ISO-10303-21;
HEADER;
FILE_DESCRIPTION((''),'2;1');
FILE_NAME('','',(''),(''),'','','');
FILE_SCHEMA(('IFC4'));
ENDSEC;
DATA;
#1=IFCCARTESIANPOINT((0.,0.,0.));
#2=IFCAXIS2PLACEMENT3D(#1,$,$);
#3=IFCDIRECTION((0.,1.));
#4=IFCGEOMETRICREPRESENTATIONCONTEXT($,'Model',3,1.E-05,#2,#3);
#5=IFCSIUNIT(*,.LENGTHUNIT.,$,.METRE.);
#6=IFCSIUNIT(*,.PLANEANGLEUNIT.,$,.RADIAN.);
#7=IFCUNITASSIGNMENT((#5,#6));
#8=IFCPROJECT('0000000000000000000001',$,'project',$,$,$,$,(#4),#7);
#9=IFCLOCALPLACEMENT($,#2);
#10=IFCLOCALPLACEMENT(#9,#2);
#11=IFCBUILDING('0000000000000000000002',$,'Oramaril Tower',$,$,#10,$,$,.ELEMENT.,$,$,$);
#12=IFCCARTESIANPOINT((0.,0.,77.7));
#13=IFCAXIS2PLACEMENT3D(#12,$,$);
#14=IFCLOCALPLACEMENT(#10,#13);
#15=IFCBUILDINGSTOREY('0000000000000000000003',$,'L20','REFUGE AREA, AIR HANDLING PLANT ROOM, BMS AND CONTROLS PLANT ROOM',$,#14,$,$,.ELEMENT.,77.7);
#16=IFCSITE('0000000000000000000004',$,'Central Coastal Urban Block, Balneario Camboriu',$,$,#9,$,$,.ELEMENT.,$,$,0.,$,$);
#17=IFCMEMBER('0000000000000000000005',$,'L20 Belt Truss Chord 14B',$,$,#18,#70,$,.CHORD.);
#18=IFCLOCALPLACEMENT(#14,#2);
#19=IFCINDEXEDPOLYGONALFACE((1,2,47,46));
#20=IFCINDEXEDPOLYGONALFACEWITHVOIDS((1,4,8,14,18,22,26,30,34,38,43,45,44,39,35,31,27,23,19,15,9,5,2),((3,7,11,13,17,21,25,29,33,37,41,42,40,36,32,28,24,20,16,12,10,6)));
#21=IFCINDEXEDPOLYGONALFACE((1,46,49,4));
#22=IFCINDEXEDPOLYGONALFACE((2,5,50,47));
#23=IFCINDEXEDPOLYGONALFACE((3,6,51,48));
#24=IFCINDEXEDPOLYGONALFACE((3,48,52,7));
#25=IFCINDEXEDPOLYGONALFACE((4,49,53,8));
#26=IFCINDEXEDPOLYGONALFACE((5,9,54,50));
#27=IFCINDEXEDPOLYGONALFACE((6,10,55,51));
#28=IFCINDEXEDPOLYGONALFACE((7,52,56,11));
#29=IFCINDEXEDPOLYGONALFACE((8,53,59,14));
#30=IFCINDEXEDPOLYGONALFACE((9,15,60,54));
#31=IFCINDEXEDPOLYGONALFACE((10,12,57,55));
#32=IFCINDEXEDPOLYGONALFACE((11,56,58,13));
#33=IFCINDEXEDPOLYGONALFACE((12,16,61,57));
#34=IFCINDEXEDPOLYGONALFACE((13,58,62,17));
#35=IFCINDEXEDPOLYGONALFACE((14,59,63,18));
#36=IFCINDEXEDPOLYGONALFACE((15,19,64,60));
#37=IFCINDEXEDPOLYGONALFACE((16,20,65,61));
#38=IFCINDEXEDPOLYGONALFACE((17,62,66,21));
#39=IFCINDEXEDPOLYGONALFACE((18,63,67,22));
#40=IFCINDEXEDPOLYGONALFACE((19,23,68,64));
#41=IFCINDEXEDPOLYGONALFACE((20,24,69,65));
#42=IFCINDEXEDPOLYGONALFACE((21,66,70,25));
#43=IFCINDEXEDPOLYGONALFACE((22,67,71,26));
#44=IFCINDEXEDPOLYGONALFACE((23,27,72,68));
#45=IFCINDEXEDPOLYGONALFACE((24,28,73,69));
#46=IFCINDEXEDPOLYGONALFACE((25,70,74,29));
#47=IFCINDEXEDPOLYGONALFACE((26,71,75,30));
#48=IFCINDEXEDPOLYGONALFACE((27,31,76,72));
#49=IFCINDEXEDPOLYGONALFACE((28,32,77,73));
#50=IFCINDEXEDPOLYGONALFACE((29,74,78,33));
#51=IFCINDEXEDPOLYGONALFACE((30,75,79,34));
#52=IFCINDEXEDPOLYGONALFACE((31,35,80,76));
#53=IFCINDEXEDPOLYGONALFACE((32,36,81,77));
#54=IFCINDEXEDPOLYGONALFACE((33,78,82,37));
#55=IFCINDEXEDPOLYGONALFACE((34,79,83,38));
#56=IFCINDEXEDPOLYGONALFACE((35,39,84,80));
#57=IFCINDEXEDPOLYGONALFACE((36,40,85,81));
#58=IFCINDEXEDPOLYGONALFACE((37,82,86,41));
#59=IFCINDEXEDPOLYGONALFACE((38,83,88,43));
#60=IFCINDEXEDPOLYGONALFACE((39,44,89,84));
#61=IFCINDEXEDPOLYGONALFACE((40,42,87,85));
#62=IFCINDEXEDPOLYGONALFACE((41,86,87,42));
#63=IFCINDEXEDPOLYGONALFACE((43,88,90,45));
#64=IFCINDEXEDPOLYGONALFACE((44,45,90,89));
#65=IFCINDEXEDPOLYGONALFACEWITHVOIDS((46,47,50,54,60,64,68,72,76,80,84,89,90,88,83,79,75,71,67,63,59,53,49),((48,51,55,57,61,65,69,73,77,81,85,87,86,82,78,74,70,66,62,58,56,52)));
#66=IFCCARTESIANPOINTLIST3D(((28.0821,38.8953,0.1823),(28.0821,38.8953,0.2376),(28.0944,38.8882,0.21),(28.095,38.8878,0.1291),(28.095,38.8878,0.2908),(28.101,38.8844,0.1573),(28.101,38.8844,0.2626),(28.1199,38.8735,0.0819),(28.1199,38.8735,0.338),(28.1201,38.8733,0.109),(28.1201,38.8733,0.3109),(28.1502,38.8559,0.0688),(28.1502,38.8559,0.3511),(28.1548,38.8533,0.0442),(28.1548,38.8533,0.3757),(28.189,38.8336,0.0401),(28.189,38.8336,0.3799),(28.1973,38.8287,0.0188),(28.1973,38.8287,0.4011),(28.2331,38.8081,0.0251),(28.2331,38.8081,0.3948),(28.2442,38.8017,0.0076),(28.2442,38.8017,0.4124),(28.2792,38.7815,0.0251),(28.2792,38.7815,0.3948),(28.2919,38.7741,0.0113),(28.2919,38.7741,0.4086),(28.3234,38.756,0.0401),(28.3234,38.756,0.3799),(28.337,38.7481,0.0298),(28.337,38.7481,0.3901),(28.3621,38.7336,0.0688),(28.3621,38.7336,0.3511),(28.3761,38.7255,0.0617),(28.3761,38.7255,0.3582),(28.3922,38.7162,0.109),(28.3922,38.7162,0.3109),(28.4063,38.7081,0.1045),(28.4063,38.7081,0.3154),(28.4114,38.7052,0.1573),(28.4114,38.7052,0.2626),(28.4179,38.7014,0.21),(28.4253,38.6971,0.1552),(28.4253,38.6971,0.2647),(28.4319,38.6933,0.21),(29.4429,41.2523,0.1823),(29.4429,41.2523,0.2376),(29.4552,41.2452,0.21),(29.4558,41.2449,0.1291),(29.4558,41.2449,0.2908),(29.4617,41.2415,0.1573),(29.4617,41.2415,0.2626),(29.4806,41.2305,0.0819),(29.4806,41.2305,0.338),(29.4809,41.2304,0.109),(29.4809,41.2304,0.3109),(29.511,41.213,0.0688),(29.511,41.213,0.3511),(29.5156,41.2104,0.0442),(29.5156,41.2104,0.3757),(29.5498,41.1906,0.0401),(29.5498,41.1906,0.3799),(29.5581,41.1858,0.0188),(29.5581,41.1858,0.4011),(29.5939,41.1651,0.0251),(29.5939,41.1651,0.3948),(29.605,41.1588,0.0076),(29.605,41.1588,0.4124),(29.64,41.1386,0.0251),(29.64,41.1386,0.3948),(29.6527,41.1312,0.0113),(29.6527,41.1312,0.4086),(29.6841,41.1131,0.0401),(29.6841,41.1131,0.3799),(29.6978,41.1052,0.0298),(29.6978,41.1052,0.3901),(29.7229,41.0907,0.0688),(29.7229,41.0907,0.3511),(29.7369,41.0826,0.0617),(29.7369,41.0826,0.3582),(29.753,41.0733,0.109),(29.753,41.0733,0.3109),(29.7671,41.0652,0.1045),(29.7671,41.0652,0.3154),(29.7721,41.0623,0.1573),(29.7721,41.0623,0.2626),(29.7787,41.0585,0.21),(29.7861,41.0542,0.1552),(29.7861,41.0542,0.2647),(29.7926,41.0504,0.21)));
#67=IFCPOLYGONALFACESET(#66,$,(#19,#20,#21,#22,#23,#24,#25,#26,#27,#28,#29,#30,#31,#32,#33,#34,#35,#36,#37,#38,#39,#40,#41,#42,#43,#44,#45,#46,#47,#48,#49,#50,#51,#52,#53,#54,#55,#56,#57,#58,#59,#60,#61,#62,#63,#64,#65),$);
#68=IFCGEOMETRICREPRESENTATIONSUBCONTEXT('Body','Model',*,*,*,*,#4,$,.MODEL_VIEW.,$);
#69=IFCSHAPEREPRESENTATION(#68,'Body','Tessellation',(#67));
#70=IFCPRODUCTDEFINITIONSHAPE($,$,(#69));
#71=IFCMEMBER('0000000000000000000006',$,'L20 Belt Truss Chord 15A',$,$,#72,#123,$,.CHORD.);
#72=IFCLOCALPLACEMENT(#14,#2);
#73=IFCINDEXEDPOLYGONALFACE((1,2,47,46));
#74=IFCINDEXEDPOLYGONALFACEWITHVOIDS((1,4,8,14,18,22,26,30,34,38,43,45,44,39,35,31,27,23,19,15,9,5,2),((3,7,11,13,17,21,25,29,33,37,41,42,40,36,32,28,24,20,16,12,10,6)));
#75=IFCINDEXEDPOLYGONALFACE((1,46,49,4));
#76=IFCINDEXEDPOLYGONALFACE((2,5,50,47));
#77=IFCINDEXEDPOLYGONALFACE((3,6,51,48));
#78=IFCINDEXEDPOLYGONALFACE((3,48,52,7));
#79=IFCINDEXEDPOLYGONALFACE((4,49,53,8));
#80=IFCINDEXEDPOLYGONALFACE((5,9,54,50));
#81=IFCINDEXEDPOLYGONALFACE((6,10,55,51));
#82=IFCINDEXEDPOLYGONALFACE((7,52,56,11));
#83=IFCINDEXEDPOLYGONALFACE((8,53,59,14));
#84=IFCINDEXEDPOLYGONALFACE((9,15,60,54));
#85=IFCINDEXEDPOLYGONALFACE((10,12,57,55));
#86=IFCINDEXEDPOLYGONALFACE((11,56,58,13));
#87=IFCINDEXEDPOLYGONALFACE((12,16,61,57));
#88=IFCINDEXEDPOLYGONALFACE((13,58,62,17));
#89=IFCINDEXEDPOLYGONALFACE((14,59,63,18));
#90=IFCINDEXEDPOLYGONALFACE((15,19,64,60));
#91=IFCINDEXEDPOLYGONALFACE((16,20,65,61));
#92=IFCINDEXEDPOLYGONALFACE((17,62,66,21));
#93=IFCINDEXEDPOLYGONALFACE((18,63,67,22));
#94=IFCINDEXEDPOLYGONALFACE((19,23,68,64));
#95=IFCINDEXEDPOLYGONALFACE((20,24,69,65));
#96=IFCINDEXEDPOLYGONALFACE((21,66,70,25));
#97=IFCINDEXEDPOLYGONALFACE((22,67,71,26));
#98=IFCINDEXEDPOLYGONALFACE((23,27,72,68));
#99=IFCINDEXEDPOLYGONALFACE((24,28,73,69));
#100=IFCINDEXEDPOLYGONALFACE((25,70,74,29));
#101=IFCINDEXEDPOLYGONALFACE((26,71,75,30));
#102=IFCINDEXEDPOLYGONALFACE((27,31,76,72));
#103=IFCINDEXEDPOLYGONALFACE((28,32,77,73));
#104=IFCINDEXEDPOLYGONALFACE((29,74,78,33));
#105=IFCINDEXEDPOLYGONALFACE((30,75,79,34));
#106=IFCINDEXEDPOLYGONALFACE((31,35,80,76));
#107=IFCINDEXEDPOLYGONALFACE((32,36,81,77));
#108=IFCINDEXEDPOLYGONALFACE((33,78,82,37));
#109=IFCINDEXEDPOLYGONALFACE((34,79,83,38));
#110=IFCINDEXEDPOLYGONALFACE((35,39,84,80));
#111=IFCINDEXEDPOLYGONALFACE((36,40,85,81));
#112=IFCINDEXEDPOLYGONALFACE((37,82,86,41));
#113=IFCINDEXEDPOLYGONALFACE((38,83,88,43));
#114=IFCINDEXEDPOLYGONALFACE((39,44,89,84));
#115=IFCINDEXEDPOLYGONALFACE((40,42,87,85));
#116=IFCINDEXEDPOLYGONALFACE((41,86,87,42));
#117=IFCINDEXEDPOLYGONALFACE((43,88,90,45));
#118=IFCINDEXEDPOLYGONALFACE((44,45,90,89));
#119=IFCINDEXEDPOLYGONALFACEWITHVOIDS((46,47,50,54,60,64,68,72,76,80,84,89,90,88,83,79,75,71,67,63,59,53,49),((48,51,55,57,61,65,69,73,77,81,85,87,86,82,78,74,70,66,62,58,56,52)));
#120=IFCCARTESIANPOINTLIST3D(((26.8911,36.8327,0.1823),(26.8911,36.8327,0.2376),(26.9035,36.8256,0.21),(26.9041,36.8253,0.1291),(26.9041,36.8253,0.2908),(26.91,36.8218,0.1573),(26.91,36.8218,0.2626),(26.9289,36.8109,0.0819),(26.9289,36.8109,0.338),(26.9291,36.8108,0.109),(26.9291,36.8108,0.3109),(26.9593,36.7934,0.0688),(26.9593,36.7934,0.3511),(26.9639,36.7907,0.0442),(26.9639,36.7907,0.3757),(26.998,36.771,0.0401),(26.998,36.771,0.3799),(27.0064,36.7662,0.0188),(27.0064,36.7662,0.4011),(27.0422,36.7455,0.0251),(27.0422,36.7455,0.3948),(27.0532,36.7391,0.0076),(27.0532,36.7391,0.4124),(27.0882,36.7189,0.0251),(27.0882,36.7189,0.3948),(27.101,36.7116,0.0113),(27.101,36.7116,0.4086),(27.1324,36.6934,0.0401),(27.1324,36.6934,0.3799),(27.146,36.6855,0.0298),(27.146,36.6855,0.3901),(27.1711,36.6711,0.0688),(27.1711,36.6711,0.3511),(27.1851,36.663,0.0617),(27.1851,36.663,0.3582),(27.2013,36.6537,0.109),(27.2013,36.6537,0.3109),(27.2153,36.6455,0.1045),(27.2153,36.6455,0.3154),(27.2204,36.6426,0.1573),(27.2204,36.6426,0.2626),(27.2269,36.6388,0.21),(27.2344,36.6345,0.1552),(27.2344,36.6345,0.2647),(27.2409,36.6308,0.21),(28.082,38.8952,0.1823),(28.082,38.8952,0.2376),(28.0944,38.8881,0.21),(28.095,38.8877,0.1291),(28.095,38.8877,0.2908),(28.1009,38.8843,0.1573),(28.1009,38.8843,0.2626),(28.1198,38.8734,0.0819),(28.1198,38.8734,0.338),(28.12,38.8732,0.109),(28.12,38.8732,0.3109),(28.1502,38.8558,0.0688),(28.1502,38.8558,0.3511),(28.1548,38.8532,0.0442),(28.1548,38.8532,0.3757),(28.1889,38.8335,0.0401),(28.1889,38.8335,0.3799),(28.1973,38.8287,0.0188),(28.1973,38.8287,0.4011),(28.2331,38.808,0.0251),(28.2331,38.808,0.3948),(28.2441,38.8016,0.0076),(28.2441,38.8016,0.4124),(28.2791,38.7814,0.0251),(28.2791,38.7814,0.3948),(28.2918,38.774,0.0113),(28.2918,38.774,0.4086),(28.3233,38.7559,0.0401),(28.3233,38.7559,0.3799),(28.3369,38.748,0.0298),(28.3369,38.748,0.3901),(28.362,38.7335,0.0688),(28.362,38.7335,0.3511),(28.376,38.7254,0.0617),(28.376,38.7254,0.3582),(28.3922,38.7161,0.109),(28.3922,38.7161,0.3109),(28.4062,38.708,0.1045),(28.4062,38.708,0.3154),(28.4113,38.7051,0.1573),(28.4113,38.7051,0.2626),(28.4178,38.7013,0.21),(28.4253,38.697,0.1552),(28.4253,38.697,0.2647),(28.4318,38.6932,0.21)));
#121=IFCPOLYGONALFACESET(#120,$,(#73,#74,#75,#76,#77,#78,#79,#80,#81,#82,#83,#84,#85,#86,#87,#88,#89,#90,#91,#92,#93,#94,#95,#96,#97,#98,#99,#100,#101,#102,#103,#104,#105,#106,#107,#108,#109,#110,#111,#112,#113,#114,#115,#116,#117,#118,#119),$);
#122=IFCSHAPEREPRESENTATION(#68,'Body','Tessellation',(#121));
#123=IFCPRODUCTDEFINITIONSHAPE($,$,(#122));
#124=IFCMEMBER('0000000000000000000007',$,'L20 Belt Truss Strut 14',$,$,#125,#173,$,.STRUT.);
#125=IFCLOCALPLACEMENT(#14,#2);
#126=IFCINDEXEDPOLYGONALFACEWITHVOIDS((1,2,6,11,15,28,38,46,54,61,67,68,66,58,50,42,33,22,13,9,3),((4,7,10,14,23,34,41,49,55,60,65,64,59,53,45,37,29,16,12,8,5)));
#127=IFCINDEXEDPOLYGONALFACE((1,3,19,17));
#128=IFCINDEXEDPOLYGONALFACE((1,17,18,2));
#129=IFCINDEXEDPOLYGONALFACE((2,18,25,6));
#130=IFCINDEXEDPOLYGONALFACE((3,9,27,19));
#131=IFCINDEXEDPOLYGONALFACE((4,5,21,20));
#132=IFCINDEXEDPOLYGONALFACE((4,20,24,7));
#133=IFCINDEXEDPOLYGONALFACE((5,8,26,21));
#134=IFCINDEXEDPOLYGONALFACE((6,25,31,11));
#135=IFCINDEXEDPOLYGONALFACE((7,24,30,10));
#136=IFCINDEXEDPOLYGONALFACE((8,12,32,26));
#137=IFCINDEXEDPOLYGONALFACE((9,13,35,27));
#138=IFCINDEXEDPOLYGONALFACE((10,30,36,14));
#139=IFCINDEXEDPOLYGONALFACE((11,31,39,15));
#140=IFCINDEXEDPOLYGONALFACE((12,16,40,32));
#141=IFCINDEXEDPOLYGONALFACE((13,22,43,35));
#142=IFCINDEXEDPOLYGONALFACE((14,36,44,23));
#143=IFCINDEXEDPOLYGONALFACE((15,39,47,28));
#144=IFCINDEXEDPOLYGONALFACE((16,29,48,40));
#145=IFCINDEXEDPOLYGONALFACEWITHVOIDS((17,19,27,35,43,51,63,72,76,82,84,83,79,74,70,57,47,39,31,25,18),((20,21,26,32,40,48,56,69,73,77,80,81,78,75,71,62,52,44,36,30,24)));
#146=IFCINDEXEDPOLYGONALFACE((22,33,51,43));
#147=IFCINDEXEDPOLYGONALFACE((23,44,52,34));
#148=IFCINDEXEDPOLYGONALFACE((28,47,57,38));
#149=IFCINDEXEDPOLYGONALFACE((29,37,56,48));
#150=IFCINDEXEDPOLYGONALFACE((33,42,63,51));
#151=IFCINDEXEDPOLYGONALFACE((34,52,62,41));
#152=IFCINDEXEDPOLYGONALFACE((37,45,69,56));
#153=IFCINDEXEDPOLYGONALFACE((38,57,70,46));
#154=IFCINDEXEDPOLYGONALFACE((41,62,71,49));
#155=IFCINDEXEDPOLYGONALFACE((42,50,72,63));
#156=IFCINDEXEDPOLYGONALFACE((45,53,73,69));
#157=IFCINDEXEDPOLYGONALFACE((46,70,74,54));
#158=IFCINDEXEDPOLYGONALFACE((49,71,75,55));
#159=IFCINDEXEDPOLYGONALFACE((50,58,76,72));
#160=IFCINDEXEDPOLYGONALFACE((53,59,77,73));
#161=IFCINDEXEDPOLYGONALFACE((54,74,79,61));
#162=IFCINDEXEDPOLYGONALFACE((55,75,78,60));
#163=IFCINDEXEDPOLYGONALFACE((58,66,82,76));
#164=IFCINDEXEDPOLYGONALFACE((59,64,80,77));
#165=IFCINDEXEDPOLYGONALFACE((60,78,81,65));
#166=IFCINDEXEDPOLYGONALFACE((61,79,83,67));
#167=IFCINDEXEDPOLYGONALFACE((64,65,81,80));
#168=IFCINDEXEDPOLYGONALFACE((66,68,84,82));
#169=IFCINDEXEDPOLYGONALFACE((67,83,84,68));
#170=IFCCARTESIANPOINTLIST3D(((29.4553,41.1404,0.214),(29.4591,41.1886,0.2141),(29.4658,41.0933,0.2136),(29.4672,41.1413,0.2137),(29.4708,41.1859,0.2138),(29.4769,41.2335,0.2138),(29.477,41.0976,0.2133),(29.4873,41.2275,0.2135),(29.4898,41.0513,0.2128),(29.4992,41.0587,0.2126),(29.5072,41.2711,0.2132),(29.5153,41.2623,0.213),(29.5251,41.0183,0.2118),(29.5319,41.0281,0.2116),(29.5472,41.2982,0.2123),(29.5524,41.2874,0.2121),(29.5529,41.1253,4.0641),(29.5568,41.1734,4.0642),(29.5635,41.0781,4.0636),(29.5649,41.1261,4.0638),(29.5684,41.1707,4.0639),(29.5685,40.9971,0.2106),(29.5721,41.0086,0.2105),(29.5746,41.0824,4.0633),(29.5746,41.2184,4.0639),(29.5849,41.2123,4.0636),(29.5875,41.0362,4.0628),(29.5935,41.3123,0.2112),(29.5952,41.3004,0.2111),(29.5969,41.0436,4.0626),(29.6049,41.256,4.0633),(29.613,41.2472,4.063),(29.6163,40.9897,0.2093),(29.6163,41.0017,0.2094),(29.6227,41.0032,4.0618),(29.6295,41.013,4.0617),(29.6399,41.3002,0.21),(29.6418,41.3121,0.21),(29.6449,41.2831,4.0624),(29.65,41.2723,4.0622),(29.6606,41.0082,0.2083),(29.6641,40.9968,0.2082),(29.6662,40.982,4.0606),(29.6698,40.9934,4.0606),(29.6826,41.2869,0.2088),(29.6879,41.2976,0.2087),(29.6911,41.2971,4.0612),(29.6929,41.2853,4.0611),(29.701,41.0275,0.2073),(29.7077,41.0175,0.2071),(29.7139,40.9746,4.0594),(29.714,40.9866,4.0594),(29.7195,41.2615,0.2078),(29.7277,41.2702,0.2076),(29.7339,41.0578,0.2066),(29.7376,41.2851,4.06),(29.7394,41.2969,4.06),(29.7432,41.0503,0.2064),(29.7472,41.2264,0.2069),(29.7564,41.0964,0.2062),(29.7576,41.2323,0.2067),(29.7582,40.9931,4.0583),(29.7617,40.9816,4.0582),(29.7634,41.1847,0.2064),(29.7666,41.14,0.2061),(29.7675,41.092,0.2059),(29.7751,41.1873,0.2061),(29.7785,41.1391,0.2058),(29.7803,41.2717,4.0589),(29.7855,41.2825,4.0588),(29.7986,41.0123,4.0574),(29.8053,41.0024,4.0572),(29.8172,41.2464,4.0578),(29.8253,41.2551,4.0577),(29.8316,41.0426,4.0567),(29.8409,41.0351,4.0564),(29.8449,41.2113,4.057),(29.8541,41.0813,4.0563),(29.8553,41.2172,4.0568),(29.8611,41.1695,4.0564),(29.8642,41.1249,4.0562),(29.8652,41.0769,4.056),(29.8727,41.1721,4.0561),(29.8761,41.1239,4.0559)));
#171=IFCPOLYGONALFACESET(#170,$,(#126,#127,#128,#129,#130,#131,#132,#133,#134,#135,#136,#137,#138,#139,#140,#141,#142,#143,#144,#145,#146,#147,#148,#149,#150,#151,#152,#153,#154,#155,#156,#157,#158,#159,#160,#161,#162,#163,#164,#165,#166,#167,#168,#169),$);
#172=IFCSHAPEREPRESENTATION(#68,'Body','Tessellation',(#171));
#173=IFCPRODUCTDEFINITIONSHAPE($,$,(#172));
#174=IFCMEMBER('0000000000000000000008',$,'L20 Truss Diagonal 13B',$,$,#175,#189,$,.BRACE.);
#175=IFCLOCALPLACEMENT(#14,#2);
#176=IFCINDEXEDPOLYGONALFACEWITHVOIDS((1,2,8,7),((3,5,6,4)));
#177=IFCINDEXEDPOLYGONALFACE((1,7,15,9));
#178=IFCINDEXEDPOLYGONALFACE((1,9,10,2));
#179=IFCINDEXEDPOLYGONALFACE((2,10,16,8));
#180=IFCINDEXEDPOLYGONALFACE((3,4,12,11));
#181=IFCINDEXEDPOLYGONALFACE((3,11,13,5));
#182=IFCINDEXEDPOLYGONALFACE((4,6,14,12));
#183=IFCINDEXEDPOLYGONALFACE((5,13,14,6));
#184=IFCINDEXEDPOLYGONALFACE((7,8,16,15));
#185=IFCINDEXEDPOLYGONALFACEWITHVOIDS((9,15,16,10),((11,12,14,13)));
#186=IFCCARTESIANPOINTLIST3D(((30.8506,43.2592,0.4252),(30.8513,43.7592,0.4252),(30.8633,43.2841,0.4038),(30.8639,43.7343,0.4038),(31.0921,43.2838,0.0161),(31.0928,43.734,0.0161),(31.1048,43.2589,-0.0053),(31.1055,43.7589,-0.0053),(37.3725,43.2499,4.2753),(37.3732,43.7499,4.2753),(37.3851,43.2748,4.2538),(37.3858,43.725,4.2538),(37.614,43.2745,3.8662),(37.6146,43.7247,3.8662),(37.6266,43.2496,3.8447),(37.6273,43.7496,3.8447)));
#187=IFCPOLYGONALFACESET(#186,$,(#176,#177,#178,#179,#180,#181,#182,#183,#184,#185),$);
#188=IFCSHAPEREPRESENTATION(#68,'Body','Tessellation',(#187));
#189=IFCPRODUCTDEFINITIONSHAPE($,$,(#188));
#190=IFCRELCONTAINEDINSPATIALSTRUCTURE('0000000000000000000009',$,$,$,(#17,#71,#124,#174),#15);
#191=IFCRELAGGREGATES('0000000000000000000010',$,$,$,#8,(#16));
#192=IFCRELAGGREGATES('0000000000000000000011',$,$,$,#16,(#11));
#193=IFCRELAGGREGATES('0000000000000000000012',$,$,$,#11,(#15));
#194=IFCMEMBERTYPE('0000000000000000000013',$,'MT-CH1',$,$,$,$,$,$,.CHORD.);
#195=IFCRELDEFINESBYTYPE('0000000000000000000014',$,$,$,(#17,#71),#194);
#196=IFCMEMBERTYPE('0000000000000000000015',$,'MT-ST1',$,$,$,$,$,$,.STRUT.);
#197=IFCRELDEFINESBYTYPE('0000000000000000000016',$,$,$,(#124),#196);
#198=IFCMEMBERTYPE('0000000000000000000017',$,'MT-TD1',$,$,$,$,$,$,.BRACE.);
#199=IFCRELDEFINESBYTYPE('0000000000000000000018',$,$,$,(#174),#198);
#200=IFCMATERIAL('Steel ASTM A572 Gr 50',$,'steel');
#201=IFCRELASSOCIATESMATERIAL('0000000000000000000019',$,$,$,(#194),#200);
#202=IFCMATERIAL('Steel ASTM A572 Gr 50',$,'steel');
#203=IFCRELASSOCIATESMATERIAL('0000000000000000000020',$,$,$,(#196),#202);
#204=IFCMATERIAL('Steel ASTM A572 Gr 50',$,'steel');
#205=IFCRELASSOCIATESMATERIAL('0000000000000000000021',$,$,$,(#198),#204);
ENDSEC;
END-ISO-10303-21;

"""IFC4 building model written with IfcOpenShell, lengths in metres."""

from ifc_helpers import new_model, si_unit, direction, frame, origin, origin_2d, place, context, subcontext, project, spatial, hollow_rectangle, hollow_circle, extrude, material, material_profile, profile_set, type_object, element, save


model = new_model("IFC4")

# Units and contexts
model_context = context("Model", 3, precision=1e-05, world=origin(), true_north=direction((0.0, 1.0)))
body_context = subcontext(model_context, "Body", "Model", "MODEL_VIEW")
ifc_project = project(units=[si_unit("LENGTHUNIT", "METRE"), si_unit("PLANEANGLEUNIT", "RADIAN")], contexts=[model_context])

# Site, building, storey
site_placement = place(None, origin())
site = spatial("IfcSite", under=ifc_project, at=site_placement, Name="Central Coastal Urban Block, Balneario Camboriu", CompositionType="ELEMENT", RefElevation=0.0)
building_placement = place(site_placement, origin())
building = spatial("IfcBuilding", under=site, at=building_placement, Name="Oramaril Tower", CompositionType="ELEMENT")
storey_placement = place(building_placement, frame((0.0, 0.0, 77.7)))
storey = spatial("IfcBuildingStorey", under=building, at=storey_placement, Name="L20", Description="REFUGE AREA, AIR HANDLING PLANT ROOM, BMS AND CONTROLS PLANT ROOM", CompositionType="ELEMENT", Elevation=77.7)

# Members
ifc_material_1 = material(Name="Steel ASTM A572 Gr 50", Category="steel")
ifc_material_profile_1 = material_profile(ifc_material_1, hollow_circle(Radius=0.2029, WallThickness=0.0161, at=origin_2d()), Name="CHS406X16")
ifc_profile_set_1 = profile_set([ifc_material_profile_1], Name="Steel ASTM A572 Gr 50")
member_type_1 = type_object("IfcMemberType", Name="MT-CH1", PredefinedType="CHORD", material=ifc_profile_set_1)
member_1_placement = place(storey_placement, frame((29.6169, 41.1519, 0.21), z_axis=(-0.499979, -0.866038, 0.0), x_axis=(0.866038, -0.499979, 0.0)))
element("IfcMember", 1, at=member_1_placement, inside=storey, type_object=member_type_1, Name="L20 Belt Truss Chord 14B", PredefinedType="CHORD", context=body_context, shape_type="SweptSolid", body=[
    extrude(hollow_circle(Radius=0.2029, WallThickness=0.0161, at=origin_2d()), origin(), (0.0, 0.0, 1.0), 2.7217),
])
member_2_placement = place(storey_placement, frame((28.2561, 38.7947, 0.21), z_axis=(-0.500042, -0.866001, 0.0), x_axis=(0.866001, -0.500042, 0.0)))
element("IfcMember", 2, at=member_2_placement, inside=storey, type_object=member_type_1, Name="L20 Belt Truss Chord 15A", PredefinedType="CHORD", context=body_context, shape_type="SweptSolid", body=[
    extrude(hollow_circle(Radius=0.2029, WallThickness=0.0161, at=origin_2d()), origin(), (0.0, 0.0, 1.0), 2.3816),
])
ifc_material_2 = material(Name="Steel ASTM A572 Gr 50", Category="steel")
ifc_material_profile_2 = material_profile(ifc_material_2, hollow_circle(Radius=0.1621, WallThickness=0.012, at=origin_2d()), Name="CHS324X12")
ifc_profile_set_2 = profile_set([ifc_material_profile_2], Name="Steel ASTM A572 Gr 50")
member_type_2 = type_object("IfcMemberType", Name="MT-ST1", PredefinedType="STRUT", material=ifc_profile_set_2)
member_3_placement = place(storey_placement, frame((29.6169, 41.1519, 0.21), z_axis=(0.025356, -0.00393, 0.999671), x_axis=(0.153171, 0.9882, 0.0)))
element("IfcMember", 3, at=member_3_placement, inside=storey, type_object=member_type_2, Name="L20 Belt Truss Strut 14", PredefinedType="STRUT", context=body_context, shape_type="SweptSolid", body=[
    extrude(hollow_circle(Radius=0.1621, WallThickness=0.012, at=origin_2d()), origin(), (0.0, 0.0, 1.0), 3.8513),
])
ifc_material_3 = material(Name="Steel ASTM A572 Gr 50", Category="steel")
ifc_material_profile_3 = material_profile(ifc_material_3, hollow_rectangle(XDim=0.5, YDim=0.5, WallThickness=0.0249, at=origin_2d()), Name="HSS500X500X25")
ifc_profile_set_3 = profile_set([ifc_material_profile_3], Name="Steel ASTM A572 Gr 50")
member_type_3 = type_object("IfcMemberType", Name="MT-TD1", PredefinedType="BRACE", material=ifc_profile_set_3)
member_4_placement = place(storey_placement, frame((30.978, 43.509, 0.21), z_axis=(0.861145, -0.001225, 0.508357), x_axis=(0.001422, 0.999999, 0.0)))
element("IfcMember", 4, at=member_4_placement, inside=storey, type_object=member_type_3, Name="L20 Truss Diagonal 13B", PredefinedType="BRACE", context=body_context, shape_type="SweptSolid", body=[
    extrude(hollow_rectangle(XDim=0.5, YDim=0.5, WallThickness=0.0249, at=origin_2d()), origin(), (0.0, 0.0, 1.0), 7.5735),
])

save(model, "model.ifc")
